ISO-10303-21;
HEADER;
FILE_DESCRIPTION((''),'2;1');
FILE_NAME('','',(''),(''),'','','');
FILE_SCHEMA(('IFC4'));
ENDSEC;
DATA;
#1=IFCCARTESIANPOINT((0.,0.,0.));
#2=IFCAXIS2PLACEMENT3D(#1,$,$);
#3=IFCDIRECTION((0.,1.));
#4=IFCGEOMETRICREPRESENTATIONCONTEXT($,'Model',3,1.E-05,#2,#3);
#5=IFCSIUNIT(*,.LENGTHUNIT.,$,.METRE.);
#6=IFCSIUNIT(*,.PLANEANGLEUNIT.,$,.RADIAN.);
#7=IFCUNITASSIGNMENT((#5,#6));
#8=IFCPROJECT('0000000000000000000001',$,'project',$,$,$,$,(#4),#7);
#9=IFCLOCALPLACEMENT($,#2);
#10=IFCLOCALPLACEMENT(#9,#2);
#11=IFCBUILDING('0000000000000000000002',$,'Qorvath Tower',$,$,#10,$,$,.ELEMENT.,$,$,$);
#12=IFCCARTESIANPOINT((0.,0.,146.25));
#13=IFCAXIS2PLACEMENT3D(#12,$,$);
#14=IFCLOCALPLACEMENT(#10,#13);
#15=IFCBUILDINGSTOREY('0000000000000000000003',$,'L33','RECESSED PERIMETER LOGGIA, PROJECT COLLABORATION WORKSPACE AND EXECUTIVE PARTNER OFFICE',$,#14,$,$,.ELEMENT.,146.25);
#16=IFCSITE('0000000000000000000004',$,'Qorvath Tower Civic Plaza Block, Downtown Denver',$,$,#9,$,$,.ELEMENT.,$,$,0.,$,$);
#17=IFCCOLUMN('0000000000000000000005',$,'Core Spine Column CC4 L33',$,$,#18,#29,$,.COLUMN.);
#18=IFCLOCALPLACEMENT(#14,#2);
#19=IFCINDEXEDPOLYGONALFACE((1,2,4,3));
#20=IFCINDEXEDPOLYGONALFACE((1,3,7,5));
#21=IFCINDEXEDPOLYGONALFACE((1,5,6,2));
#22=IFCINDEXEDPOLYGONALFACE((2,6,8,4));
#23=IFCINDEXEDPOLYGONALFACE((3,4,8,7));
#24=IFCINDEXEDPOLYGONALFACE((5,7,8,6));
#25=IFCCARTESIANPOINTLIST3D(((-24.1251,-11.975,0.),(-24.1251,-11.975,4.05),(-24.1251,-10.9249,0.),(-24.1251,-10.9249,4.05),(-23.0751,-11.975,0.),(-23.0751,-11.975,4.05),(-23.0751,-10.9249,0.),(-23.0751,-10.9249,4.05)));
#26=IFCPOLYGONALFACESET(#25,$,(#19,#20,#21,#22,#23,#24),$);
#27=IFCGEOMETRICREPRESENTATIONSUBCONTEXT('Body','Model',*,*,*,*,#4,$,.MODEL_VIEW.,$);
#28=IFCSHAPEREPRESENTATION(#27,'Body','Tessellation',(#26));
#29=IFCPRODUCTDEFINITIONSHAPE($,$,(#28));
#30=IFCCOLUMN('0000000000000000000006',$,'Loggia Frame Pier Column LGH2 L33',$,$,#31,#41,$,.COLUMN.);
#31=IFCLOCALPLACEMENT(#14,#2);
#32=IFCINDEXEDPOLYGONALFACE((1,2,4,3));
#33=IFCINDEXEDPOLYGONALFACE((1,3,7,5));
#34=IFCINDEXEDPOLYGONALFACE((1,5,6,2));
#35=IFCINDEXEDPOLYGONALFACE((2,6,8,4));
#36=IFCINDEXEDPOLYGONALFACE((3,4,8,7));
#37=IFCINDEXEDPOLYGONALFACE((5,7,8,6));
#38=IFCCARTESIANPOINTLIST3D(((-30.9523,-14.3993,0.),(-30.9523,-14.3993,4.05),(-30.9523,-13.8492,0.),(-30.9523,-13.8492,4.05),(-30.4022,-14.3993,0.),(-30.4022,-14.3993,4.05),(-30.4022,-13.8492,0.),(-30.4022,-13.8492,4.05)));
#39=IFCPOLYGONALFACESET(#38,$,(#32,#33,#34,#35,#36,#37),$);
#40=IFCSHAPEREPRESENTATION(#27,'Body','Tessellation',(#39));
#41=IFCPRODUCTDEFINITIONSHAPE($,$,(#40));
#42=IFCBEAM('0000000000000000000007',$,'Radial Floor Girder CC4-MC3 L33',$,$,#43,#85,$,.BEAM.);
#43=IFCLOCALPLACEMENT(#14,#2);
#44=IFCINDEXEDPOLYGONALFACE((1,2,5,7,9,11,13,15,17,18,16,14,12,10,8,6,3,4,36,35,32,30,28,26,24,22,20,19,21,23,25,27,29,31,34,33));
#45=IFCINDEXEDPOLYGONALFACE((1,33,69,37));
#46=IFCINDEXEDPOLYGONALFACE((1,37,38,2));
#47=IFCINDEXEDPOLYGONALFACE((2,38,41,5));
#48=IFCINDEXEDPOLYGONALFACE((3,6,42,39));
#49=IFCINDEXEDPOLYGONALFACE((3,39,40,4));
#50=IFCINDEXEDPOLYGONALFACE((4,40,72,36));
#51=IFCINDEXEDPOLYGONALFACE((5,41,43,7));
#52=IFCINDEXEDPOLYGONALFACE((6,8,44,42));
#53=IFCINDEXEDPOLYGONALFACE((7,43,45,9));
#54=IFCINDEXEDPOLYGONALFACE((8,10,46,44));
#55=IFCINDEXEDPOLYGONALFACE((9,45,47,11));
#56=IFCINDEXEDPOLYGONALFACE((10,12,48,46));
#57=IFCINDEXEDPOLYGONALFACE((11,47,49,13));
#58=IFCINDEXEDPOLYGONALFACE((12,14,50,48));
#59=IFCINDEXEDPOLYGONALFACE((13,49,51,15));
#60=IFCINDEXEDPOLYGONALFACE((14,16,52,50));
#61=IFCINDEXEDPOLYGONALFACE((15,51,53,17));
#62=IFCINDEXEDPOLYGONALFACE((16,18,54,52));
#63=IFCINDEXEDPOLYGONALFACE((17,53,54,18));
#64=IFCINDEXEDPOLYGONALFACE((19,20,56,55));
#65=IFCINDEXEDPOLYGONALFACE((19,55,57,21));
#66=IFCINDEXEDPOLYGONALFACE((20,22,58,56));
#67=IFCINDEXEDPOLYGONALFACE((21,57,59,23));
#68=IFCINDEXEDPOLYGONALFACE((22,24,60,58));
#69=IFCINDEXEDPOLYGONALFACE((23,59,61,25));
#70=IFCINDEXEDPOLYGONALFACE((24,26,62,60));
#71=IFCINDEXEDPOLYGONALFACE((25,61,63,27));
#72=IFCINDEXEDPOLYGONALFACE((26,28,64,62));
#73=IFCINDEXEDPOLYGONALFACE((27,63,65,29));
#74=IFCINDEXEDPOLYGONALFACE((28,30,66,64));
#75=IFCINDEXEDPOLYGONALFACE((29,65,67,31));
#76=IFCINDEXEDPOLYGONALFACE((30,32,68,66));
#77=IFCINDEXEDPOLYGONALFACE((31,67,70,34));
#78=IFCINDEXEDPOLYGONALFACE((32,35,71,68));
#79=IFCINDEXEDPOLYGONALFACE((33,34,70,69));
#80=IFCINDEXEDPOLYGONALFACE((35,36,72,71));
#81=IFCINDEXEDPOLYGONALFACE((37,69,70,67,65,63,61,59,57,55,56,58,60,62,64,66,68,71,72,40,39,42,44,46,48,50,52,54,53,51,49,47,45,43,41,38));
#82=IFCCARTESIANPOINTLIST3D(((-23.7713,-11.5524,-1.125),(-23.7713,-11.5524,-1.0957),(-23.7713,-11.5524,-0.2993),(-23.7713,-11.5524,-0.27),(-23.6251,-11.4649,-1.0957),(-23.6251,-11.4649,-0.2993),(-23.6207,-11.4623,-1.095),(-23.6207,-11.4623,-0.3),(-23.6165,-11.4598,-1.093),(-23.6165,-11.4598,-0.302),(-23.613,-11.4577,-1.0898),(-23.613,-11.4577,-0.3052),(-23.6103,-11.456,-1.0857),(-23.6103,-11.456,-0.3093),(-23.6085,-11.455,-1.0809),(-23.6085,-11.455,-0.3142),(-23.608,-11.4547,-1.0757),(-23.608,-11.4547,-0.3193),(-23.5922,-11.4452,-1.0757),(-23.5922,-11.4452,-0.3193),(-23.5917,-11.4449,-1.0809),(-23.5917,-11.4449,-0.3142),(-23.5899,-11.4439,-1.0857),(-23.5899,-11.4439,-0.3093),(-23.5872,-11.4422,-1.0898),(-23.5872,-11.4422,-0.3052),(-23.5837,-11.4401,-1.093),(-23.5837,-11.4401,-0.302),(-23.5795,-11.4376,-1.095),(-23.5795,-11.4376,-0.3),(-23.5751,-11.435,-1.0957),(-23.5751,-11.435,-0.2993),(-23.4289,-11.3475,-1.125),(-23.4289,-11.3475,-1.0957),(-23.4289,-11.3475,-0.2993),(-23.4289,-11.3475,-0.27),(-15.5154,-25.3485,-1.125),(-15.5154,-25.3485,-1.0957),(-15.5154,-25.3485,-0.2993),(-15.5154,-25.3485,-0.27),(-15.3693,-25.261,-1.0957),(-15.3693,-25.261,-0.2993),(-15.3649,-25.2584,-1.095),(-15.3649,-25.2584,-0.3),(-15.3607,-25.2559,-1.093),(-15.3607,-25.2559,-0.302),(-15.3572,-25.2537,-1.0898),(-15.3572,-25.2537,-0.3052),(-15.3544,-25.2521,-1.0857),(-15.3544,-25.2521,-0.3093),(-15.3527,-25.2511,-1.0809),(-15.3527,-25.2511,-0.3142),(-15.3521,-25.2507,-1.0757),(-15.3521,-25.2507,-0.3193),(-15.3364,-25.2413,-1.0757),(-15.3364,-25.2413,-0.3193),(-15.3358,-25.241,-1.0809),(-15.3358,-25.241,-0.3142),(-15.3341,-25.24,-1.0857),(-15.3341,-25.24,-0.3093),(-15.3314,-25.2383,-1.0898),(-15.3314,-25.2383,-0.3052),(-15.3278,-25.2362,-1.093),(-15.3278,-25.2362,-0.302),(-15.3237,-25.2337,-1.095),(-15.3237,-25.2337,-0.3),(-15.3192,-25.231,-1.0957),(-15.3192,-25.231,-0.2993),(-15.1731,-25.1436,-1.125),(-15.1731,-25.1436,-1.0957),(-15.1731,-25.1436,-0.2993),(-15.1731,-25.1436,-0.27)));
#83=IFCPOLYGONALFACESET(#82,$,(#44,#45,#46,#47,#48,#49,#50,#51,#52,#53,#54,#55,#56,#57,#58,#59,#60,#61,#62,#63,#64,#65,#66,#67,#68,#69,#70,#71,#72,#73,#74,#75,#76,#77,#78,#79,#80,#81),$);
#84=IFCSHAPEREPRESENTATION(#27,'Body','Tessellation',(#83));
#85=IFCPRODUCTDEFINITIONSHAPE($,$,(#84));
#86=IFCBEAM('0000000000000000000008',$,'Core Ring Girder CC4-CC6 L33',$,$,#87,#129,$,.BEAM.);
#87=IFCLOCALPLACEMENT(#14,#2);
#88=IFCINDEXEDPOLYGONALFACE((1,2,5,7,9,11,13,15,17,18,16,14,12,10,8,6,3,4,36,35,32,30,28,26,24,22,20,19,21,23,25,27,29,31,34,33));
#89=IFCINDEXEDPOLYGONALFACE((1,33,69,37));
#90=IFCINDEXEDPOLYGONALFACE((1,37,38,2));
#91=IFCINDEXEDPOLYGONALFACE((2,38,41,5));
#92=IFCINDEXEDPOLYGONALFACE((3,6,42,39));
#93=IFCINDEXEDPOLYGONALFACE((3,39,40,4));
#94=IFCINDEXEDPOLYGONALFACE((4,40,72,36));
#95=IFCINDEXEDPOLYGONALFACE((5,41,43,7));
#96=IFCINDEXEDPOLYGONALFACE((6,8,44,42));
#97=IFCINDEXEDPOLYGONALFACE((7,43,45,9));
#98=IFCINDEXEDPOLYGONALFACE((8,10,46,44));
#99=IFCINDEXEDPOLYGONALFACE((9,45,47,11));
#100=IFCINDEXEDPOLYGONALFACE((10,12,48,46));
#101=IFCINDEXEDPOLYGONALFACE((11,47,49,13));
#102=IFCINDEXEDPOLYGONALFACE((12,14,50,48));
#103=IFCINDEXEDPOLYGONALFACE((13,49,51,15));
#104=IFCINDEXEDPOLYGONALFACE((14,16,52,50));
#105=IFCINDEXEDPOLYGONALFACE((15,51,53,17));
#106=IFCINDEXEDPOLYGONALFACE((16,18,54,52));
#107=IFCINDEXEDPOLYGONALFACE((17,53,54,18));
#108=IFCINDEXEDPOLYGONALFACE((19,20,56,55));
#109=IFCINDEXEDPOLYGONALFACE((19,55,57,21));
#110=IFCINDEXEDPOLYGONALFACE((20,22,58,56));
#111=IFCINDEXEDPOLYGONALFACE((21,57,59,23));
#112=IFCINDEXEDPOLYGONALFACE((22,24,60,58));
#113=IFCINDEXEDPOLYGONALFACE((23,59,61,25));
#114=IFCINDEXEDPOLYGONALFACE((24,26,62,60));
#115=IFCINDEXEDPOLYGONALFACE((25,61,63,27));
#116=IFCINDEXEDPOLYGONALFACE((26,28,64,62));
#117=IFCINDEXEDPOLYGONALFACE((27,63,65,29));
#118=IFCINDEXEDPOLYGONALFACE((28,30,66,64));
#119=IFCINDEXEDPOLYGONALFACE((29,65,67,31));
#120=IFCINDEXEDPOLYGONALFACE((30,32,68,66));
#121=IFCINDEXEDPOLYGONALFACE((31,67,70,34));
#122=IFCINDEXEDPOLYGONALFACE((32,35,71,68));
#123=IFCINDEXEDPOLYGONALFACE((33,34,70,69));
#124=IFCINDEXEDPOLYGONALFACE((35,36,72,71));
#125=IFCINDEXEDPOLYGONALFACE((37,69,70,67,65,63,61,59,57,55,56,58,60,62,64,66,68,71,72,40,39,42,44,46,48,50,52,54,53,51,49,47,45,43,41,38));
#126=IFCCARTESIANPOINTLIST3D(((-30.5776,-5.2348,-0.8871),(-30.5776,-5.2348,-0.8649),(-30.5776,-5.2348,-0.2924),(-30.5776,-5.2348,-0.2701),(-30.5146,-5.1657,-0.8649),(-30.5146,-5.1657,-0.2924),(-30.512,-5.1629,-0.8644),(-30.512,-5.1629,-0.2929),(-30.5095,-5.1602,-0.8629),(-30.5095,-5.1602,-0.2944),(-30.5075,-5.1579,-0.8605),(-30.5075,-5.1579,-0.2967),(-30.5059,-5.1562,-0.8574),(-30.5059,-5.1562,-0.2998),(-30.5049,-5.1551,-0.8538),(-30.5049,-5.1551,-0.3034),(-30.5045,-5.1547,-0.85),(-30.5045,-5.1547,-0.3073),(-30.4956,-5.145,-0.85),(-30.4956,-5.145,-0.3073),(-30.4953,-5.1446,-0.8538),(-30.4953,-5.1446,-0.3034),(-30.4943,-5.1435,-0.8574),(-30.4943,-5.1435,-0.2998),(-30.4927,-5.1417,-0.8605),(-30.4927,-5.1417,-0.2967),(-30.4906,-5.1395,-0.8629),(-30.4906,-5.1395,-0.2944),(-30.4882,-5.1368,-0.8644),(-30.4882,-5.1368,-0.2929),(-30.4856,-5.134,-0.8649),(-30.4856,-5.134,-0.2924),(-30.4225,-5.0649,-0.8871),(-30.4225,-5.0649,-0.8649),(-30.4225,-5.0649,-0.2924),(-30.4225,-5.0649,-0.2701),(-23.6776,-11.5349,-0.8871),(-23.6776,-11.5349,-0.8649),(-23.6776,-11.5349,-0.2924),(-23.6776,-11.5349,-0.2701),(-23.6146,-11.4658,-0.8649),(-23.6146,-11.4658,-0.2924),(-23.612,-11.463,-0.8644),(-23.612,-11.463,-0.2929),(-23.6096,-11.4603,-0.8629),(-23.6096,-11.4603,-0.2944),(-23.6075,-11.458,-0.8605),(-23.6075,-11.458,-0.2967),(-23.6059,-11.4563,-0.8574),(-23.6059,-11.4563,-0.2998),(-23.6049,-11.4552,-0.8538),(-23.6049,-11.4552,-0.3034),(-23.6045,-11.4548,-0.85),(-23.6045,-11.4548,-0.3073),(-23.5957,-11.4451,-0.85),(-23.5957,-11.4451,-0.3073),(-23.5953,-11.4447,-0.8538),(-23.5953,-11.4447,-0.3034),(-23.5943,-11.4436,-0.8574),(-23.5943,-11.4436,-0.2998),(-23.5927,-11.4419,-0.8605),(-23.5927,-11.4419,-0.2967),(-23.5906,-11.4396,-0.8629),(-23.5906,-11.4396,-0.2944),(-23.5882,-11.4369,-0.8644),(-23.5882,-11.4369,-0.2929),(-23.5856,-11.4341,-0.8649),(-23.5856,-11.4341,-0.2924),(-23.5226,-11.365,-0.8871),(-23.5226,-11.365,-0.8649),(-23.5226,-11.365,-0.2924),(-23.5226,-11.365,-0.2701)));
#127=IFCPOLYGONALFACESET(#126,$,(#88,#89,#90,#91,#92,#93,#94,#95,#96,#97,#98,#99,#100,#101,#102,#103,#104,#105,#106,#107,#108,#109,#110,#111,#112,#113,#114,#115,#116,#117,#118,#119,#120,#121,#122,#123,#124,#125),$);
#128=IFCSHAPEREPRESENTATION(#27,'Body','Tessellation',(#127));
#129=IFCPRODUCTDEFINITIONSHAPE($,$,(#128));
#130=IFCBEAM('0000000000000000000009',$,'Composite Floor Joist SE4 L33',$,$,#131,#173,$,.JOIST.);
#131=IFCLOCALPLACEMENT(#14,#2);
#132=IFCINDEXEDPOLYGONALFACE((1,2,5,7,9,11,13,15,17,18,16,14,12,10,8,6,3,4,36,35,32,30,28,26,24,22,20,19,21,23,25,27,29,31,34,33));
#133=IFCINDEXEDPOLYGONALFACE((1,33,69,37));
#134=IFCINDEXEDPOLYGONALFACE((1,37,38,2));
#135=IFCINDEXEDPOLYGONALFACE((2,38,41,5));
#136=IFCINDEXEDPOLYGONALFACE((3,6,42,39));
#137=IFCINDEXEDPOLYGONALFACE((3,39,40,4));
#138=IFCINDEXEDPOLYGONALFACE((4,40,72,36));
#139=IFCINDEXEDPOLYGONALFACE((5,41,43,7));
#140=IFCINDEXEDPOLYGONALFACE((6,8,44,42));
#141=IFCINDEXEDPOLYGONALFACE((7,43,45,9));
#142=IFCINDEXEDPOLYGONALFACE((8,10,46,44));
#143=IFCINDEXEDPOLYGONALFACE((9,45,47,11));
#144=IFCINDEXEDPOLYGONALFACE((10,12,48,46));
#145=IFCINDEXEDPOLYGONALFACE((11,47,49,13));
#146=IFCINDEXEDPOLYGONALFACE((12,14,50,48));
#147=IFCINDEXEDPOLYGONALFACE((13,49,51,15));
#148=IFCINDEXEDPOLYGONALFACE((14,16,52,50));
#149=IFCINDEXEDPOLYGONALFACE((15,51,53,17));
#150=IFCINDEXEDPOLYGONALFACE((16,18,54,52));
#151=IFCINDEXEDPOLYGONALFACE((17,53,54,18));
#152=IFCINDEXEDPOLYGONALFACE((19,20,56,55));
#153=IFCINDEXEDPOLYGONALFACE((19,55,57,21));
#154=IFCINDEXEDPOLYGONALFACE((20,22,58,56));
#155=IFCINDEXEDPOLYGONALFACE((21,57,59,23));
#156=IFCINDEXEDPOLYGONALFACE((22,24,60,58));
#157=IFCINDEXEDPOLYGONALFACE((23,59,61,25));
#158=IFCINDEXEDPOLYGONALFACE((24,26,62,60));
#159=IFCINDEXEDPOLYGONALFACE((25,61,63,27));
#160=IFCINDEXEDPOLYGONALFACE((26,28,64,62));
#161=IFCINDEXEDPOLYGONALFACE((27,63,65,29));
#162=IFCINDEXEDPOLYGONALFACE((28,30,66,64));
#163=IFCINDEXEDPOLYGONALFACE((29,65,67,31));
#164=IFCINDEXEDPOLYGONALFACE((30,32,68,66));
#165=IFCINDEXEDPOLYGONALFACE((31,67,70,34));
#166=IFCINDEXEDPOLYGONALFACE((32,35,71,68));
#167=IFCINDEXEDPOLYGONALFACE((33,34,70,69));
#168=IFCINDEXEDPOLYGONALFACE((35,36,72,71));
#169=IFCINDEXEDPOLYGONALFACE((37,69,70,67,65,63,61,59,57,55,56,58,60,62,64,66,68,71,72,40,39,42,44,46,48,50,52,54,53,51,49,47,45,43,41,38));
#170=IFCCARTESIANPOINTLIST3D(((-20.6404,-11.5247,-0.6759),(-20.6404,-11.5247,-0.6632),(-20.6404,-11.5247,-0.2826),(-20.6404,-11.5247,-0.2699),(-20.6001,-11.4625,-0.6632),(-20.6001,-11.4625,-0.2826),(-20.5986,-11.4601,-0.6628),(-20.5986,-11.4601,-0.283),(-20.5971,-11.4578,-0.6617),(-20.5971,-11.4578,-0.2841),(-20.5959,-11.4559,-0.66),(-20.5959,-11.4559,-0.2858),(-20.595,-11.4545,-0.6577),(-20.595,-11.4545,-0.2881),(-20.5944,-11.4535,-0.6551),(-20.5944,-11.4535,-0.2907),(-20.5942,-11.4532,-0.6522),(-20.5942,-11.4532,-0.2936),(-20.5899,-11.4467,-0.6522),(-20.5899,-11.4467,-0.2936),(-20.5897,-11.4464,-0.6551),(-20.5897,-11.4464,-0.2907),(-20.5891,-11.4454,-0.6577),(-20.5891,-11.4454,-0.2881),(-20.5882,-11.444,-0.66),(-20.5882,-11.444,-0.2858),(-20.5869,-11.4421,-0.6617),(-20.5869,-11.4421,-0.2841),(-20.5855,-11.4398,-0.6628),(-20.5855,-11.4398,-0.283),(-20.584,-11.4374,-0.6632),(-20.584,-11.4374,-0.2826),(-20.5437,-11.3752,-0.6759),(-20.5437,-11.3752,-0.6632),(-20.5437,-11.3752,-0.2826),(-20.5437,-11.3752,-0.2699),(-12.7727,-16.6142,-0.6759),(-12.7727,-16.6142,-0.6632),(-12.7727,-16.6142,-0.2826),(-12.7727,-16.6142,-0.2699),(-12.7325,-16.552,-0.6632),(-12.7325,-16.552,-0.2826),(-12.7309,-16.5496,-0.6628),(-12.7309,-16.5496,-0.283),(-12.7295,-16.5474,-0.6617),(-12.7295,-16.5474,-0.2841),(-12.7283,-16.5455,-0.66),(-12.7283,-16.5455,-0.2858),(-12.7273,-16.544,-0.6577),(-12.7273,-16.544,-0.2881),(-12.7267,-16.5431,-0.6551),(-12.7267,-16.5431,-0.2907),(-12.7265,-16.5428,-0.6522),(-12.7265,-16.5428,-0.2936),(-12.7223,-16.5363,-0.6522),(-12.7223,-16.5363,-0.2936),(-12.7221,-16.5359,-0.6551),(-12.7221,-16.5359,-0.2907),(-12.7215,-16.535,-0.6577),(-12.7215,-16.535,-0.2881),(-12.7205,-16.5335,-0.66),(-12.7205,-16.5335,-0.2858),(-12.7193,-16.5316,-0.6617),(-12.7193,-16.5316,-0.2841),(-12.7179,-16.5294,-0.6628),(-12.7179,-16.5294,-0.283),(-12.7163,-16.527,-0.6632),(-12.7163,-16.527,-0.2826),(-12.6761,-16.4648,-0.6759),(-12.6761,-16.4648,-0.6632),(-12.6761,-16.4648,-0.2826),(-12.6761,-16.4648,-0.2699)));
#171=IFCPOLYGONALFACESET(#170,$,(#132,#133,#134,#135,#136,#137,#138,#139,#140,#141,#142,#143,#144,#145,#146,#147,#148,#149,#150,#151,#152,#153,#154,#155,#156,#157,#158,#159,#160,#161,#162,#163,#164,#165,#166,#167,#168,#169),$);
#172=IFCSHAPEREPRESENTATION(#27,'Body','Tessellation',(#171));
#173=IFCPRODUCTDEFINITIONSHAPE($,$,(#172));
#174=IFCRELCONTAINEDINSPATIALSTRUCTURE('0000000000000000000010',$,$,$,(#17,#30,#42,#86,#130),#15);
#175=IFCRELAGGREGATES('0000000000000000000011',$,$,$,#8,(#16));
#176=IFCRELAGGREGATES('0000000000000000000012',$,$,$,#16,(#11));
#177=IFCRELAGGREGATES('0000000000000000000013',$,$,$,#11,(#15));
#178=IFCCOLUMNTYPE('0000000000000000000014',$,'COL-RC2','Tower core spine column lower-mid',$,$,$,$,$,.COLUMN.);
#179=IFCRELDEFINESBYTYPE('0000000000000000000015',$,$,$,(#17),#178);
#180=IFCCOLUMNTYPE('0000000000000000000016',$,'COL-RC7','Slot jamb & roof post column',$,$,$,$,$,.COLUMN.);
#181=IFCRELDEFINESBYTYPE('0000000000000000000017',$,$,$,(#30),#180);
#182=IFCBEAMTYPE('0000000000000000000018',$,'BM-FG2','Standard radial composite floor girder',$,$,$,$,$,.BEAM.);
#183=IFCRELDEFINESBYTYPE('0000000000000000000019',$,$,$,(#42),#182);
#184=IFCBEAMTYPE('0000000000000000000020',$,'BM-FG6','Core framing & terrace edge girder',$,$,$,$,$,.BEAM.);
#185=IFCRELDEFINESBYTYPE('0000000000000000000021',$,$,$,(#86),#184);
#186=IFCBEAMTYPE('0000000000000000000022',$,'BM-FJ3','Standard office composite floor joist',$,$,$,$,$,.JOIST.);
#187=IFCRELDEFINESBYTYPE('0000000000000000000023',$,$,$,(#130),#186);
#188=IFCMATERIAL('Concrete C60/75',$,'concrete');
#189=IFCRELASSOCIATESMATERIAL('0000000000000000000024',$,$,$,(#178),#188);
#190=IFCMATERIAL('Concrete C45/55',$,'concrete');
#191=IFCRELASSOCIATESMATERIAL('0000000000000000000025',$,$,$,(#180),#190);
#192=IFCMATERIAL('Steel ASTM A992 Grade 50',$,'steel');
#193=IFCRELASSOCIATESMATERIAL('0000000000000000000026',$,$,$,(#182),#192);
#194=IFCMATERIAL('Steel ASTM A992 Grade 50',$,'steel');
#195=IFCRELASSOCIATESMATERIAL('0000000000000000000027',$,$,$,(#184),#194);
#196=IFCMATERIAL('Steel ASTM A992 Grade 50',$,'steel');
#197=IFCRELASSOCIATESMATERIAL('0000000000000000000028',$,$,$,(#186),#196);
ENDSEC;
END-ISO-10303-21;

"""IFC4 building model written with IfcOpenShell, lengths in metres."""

from ifc_helpers import new_model, si_unit, direction, frame, origin, origin_2d, place, context, subcontext, project, spatial, rectangle, i_section, extrude, material, material_profile, profile_set, type_object, element, save


model = new_model("IFC4")

# Units and contexts
model_context = context("Model", 3, precision=1e-05, world=origin(), true_north=direction((0.0, 1.0)))
body_context = subcontext(model_context, "Body", "Model", "MODEL_VIEW")
ifc_project = project(units=[si_unit("LENGTHUNIT", "METRE"), si_unit("PLANEANGLEUNIT", "RADIAN")], contexts=[model_context])

# Site, building, storey
site_placement = place(None, origin())
site = spatial("IfcSite", under=ifc_project, at=site_placement, Name="Qorvath Tower Civic Plaza Block, Downtown Denver", CompositionType="ELEMENT", RefElevation=0.0)
building_placement = place(site_placement, origin())
building = spatial("IfcBuilding", under=site, at=building_placement, Name="Qorvath Tower", CompositionType="ELEMENT")
storey_placement = place(building_placement, frame((0.0, 0.0, 146.25)))
storey = spatial("IfcBuildingStorey", under=building, at=storey_placement, Name="L33", Description="RECESSED PERIMETER LOGGIA, PROJECT COLLABORATION WORKSPACE AND EXECUTIVE PARTNER OFFICE", CompositionType="ELEMENT", Elevation=146.25)

# Columns
ifc_material_1 = material(Name="Concrete C60/75", Category="concrete")
ifc_material_profile_1 = material_profile(ifc_material_1, rectangle(XDim=1.05, YDim=1.05, at=origin_2d()), Name="RC 1050x1050")
ifc_profile_set_1 = profile_set([ifc_material_profile_1], Name="Concrete C60/75")
column_type_1 = type_object("IfcColumnType", Name="COL-RC2", Description="Tower core spine column lower-mid", PredefinedType="COLUMN", material=ifc_profile_set_1)
column_1_placement = place(storey_placement, frame((-23.6001, -11.45, 0.0), z_axis=(0.0, 0.0, 1.0), x_axis=(1.0, 0.0, 0.0)))
element("IfcColumn", 1, at=column_1_placement, inside=storey, type_object=column_type_1, Name="Core Spine Column CC4 L33", PredefinedType="COLUMN", context=body_context, shape_type="SweptSolid", body=[
    extrude(rectangle(XDim=1.05, YDim=1.05, at=origin_2d()), origin(), (0.0, 0.0, 1.0), 4.05),
])
ifc_material_2 = material(Name="Concrete C45/55", Category="concrete")
ifc_material_profile_2 = material_profile(ifc_material_2, rectangle(XDim=0.55, YDim=0.55, at=origin_2d()), Name="RC 550x550")
ifc_profile_set_2 = profile_set([ifc_material_profile_2], Name="Concrete C45/55")
column_type_2 = type_object("IfcColumnType", Name="COL-RC7", Description="Slot jamb & roof post column", PredefinedType="COLUMN", material=ifc_profile_set_2)
column_2_placement = place(storey_placement, frame((-30.6772, -14.1243, 0.0), z_axis=(0.0, 0.0, 1.0), x_axis=(1.0, 0.0, 0.0)))
element("IfcColumn", 2, at=column_2_placement, inside=storey, type_object=column_type_2, Name="Loggia Frame Pier Column LGH2 L33", PredefinedType="COLUMN", context=body_context, shape_type="SweptSolid", body=[
    extrude(rectangle(XDim=0.55, YDim=0.55, at=origin_2d()), origin(), (0.0, 0.0, 1.0), 4.05),
])

# Beams
ifc_material_3 = material(Name="Steel ASTM A992 Grade 50", Category="steel")
ifc_material_profile_3 = material_profile(ifc_material_3, i_section(OverallWidth=0.3989, OverallDepth=0.855, WebThickness=0.0183, FlangeThickness=0.0293, FilletRadius=0.02, at=origin_2d()), Name="W33x201")
ifc_profile_set_3 = profile_set([ifc_material_profile_3], Name="Steel ASTM A992 Grade 50")
beam_type_1 = type_object("IfcBeamType", Name="BM-FG2", Description="Standard radial composite floor girder", PredefinedType="BEAM", material=ifc_profile_set_3)
beam_1_placement = place(storey_placement, frame((-23.6001, -11.45, -0.6975), z_axis=(0.513497, -0.858091, 0.0), x_axis=(0.858091, 0.513497, 0.0)))
element("IfcBeam", 3, at=beam_1_placement, inside=storey, type_object=beam_type_1, Name="Radial Floor Girder CC4-MC3 L33", PredefinedType="BEAM", context=body_context, shape_type="SweptSolid", body=[
    extrude(i_section(OverallWidth=0.3989, OverallDepth=0.855, WebThickness=0.0183, FlangeThickness=0.0293, FilletRadius=0.02, at=origin_2d()), origin(), (0.0, 0.0, 1.0), 16.0776),
])
ifc_material_4 = material(Name="Steel ASTM A992 Grade 50", Category="steel")
ifc_material_profile_4 = material_profile(ifc_material_4, i_section(OverallWidth=0.23, OverallDepth=0.6169, WebThickness=0.0132, FlangeThickness=0.0222, FilletRadius=0.0149, at=origin_2d()), Name="W24x94")
ifc_profile_set_4 = profile_set([ifc_material_profile_4], Name="Steel ASTM A992 Grade 50")
beam_type_2 = type_object("IfcBeamType", Name="BM-FG6", Description="Core framing & terrace edge girder", PredefinedType="BEAM", material=ifc_profile_set_4)
beam_2_placement = place(storey_placement, frame((-23.6001, -11.45, -0.5786), z_axis=(-0.738478, 0.674277, 0.0), x_axis=(-0.674277, -0.738478, 0.0)))
element("IfcBeam", 4, at=beam_2_placement, inside=storey, type_object=beam_type_2, Name="Core Ring Girder CC4-CC6 L33", PredefinedType="BEAM", context=body_context, shape_type="SweptSolid", body=[
    extrude(i_section(OverallWidth=0.23, OverallDepth=0.6169, WebThickness=0.0132, FlangeThickness=0.0222, FilletRadius=0.0149, at=origin_2d()), origin(), (0.0, 0.0, 1.0), 9.3435),
])
ifc_material_5 = material(Name="Steel ASTM A992 Grade 50", Category="steel")
ifc_material_profile_5 = material_profile(ifc_material_5, i_section(OverallWidth=0.178, OverallDepth=0.406, WebThickness=0.0078, FlangeThickness=0.0127, FilletRadius=0.011, at=origin_2d()), Name="W16x40")
ifc_profile_set_5 = profile_set([ifc_material_profile_5], Name="Steel ASTM A992 Grade 50")
beam_type_3 = type_object("IfcBeamType", Name="BM-FJ3", Description="Standard office composite floor joist", PredefinedType="JOIST", material=ifc_profile_set_5)
beam_3_placement = place(storey_placement, frame((-20.592, -11.45, -0.4729), z_axis=(0.839631, -0.543157, 0.0), x_axis=(0.543157, 0.839631, 0.0)))
element("IfcBeam", 5, at=beam_3_placement, inside=storey, type_object=beam_type_3, Name="Composite Floor Joist SE4 L33", PredefinedType="JOIST", context=body_context, shape_type="SweptSolid", body=[
    extrude(i_section(OverallWidth=0.178, OverallDepth=0.406, WebThickness=0.0078, FlangeThickness=0.0127, FilletRadius=0.011, at=origin_2d()), origin(), (0.0, 0.0, 1.0), 9.3704),
])

save(model, "model.ifc")
